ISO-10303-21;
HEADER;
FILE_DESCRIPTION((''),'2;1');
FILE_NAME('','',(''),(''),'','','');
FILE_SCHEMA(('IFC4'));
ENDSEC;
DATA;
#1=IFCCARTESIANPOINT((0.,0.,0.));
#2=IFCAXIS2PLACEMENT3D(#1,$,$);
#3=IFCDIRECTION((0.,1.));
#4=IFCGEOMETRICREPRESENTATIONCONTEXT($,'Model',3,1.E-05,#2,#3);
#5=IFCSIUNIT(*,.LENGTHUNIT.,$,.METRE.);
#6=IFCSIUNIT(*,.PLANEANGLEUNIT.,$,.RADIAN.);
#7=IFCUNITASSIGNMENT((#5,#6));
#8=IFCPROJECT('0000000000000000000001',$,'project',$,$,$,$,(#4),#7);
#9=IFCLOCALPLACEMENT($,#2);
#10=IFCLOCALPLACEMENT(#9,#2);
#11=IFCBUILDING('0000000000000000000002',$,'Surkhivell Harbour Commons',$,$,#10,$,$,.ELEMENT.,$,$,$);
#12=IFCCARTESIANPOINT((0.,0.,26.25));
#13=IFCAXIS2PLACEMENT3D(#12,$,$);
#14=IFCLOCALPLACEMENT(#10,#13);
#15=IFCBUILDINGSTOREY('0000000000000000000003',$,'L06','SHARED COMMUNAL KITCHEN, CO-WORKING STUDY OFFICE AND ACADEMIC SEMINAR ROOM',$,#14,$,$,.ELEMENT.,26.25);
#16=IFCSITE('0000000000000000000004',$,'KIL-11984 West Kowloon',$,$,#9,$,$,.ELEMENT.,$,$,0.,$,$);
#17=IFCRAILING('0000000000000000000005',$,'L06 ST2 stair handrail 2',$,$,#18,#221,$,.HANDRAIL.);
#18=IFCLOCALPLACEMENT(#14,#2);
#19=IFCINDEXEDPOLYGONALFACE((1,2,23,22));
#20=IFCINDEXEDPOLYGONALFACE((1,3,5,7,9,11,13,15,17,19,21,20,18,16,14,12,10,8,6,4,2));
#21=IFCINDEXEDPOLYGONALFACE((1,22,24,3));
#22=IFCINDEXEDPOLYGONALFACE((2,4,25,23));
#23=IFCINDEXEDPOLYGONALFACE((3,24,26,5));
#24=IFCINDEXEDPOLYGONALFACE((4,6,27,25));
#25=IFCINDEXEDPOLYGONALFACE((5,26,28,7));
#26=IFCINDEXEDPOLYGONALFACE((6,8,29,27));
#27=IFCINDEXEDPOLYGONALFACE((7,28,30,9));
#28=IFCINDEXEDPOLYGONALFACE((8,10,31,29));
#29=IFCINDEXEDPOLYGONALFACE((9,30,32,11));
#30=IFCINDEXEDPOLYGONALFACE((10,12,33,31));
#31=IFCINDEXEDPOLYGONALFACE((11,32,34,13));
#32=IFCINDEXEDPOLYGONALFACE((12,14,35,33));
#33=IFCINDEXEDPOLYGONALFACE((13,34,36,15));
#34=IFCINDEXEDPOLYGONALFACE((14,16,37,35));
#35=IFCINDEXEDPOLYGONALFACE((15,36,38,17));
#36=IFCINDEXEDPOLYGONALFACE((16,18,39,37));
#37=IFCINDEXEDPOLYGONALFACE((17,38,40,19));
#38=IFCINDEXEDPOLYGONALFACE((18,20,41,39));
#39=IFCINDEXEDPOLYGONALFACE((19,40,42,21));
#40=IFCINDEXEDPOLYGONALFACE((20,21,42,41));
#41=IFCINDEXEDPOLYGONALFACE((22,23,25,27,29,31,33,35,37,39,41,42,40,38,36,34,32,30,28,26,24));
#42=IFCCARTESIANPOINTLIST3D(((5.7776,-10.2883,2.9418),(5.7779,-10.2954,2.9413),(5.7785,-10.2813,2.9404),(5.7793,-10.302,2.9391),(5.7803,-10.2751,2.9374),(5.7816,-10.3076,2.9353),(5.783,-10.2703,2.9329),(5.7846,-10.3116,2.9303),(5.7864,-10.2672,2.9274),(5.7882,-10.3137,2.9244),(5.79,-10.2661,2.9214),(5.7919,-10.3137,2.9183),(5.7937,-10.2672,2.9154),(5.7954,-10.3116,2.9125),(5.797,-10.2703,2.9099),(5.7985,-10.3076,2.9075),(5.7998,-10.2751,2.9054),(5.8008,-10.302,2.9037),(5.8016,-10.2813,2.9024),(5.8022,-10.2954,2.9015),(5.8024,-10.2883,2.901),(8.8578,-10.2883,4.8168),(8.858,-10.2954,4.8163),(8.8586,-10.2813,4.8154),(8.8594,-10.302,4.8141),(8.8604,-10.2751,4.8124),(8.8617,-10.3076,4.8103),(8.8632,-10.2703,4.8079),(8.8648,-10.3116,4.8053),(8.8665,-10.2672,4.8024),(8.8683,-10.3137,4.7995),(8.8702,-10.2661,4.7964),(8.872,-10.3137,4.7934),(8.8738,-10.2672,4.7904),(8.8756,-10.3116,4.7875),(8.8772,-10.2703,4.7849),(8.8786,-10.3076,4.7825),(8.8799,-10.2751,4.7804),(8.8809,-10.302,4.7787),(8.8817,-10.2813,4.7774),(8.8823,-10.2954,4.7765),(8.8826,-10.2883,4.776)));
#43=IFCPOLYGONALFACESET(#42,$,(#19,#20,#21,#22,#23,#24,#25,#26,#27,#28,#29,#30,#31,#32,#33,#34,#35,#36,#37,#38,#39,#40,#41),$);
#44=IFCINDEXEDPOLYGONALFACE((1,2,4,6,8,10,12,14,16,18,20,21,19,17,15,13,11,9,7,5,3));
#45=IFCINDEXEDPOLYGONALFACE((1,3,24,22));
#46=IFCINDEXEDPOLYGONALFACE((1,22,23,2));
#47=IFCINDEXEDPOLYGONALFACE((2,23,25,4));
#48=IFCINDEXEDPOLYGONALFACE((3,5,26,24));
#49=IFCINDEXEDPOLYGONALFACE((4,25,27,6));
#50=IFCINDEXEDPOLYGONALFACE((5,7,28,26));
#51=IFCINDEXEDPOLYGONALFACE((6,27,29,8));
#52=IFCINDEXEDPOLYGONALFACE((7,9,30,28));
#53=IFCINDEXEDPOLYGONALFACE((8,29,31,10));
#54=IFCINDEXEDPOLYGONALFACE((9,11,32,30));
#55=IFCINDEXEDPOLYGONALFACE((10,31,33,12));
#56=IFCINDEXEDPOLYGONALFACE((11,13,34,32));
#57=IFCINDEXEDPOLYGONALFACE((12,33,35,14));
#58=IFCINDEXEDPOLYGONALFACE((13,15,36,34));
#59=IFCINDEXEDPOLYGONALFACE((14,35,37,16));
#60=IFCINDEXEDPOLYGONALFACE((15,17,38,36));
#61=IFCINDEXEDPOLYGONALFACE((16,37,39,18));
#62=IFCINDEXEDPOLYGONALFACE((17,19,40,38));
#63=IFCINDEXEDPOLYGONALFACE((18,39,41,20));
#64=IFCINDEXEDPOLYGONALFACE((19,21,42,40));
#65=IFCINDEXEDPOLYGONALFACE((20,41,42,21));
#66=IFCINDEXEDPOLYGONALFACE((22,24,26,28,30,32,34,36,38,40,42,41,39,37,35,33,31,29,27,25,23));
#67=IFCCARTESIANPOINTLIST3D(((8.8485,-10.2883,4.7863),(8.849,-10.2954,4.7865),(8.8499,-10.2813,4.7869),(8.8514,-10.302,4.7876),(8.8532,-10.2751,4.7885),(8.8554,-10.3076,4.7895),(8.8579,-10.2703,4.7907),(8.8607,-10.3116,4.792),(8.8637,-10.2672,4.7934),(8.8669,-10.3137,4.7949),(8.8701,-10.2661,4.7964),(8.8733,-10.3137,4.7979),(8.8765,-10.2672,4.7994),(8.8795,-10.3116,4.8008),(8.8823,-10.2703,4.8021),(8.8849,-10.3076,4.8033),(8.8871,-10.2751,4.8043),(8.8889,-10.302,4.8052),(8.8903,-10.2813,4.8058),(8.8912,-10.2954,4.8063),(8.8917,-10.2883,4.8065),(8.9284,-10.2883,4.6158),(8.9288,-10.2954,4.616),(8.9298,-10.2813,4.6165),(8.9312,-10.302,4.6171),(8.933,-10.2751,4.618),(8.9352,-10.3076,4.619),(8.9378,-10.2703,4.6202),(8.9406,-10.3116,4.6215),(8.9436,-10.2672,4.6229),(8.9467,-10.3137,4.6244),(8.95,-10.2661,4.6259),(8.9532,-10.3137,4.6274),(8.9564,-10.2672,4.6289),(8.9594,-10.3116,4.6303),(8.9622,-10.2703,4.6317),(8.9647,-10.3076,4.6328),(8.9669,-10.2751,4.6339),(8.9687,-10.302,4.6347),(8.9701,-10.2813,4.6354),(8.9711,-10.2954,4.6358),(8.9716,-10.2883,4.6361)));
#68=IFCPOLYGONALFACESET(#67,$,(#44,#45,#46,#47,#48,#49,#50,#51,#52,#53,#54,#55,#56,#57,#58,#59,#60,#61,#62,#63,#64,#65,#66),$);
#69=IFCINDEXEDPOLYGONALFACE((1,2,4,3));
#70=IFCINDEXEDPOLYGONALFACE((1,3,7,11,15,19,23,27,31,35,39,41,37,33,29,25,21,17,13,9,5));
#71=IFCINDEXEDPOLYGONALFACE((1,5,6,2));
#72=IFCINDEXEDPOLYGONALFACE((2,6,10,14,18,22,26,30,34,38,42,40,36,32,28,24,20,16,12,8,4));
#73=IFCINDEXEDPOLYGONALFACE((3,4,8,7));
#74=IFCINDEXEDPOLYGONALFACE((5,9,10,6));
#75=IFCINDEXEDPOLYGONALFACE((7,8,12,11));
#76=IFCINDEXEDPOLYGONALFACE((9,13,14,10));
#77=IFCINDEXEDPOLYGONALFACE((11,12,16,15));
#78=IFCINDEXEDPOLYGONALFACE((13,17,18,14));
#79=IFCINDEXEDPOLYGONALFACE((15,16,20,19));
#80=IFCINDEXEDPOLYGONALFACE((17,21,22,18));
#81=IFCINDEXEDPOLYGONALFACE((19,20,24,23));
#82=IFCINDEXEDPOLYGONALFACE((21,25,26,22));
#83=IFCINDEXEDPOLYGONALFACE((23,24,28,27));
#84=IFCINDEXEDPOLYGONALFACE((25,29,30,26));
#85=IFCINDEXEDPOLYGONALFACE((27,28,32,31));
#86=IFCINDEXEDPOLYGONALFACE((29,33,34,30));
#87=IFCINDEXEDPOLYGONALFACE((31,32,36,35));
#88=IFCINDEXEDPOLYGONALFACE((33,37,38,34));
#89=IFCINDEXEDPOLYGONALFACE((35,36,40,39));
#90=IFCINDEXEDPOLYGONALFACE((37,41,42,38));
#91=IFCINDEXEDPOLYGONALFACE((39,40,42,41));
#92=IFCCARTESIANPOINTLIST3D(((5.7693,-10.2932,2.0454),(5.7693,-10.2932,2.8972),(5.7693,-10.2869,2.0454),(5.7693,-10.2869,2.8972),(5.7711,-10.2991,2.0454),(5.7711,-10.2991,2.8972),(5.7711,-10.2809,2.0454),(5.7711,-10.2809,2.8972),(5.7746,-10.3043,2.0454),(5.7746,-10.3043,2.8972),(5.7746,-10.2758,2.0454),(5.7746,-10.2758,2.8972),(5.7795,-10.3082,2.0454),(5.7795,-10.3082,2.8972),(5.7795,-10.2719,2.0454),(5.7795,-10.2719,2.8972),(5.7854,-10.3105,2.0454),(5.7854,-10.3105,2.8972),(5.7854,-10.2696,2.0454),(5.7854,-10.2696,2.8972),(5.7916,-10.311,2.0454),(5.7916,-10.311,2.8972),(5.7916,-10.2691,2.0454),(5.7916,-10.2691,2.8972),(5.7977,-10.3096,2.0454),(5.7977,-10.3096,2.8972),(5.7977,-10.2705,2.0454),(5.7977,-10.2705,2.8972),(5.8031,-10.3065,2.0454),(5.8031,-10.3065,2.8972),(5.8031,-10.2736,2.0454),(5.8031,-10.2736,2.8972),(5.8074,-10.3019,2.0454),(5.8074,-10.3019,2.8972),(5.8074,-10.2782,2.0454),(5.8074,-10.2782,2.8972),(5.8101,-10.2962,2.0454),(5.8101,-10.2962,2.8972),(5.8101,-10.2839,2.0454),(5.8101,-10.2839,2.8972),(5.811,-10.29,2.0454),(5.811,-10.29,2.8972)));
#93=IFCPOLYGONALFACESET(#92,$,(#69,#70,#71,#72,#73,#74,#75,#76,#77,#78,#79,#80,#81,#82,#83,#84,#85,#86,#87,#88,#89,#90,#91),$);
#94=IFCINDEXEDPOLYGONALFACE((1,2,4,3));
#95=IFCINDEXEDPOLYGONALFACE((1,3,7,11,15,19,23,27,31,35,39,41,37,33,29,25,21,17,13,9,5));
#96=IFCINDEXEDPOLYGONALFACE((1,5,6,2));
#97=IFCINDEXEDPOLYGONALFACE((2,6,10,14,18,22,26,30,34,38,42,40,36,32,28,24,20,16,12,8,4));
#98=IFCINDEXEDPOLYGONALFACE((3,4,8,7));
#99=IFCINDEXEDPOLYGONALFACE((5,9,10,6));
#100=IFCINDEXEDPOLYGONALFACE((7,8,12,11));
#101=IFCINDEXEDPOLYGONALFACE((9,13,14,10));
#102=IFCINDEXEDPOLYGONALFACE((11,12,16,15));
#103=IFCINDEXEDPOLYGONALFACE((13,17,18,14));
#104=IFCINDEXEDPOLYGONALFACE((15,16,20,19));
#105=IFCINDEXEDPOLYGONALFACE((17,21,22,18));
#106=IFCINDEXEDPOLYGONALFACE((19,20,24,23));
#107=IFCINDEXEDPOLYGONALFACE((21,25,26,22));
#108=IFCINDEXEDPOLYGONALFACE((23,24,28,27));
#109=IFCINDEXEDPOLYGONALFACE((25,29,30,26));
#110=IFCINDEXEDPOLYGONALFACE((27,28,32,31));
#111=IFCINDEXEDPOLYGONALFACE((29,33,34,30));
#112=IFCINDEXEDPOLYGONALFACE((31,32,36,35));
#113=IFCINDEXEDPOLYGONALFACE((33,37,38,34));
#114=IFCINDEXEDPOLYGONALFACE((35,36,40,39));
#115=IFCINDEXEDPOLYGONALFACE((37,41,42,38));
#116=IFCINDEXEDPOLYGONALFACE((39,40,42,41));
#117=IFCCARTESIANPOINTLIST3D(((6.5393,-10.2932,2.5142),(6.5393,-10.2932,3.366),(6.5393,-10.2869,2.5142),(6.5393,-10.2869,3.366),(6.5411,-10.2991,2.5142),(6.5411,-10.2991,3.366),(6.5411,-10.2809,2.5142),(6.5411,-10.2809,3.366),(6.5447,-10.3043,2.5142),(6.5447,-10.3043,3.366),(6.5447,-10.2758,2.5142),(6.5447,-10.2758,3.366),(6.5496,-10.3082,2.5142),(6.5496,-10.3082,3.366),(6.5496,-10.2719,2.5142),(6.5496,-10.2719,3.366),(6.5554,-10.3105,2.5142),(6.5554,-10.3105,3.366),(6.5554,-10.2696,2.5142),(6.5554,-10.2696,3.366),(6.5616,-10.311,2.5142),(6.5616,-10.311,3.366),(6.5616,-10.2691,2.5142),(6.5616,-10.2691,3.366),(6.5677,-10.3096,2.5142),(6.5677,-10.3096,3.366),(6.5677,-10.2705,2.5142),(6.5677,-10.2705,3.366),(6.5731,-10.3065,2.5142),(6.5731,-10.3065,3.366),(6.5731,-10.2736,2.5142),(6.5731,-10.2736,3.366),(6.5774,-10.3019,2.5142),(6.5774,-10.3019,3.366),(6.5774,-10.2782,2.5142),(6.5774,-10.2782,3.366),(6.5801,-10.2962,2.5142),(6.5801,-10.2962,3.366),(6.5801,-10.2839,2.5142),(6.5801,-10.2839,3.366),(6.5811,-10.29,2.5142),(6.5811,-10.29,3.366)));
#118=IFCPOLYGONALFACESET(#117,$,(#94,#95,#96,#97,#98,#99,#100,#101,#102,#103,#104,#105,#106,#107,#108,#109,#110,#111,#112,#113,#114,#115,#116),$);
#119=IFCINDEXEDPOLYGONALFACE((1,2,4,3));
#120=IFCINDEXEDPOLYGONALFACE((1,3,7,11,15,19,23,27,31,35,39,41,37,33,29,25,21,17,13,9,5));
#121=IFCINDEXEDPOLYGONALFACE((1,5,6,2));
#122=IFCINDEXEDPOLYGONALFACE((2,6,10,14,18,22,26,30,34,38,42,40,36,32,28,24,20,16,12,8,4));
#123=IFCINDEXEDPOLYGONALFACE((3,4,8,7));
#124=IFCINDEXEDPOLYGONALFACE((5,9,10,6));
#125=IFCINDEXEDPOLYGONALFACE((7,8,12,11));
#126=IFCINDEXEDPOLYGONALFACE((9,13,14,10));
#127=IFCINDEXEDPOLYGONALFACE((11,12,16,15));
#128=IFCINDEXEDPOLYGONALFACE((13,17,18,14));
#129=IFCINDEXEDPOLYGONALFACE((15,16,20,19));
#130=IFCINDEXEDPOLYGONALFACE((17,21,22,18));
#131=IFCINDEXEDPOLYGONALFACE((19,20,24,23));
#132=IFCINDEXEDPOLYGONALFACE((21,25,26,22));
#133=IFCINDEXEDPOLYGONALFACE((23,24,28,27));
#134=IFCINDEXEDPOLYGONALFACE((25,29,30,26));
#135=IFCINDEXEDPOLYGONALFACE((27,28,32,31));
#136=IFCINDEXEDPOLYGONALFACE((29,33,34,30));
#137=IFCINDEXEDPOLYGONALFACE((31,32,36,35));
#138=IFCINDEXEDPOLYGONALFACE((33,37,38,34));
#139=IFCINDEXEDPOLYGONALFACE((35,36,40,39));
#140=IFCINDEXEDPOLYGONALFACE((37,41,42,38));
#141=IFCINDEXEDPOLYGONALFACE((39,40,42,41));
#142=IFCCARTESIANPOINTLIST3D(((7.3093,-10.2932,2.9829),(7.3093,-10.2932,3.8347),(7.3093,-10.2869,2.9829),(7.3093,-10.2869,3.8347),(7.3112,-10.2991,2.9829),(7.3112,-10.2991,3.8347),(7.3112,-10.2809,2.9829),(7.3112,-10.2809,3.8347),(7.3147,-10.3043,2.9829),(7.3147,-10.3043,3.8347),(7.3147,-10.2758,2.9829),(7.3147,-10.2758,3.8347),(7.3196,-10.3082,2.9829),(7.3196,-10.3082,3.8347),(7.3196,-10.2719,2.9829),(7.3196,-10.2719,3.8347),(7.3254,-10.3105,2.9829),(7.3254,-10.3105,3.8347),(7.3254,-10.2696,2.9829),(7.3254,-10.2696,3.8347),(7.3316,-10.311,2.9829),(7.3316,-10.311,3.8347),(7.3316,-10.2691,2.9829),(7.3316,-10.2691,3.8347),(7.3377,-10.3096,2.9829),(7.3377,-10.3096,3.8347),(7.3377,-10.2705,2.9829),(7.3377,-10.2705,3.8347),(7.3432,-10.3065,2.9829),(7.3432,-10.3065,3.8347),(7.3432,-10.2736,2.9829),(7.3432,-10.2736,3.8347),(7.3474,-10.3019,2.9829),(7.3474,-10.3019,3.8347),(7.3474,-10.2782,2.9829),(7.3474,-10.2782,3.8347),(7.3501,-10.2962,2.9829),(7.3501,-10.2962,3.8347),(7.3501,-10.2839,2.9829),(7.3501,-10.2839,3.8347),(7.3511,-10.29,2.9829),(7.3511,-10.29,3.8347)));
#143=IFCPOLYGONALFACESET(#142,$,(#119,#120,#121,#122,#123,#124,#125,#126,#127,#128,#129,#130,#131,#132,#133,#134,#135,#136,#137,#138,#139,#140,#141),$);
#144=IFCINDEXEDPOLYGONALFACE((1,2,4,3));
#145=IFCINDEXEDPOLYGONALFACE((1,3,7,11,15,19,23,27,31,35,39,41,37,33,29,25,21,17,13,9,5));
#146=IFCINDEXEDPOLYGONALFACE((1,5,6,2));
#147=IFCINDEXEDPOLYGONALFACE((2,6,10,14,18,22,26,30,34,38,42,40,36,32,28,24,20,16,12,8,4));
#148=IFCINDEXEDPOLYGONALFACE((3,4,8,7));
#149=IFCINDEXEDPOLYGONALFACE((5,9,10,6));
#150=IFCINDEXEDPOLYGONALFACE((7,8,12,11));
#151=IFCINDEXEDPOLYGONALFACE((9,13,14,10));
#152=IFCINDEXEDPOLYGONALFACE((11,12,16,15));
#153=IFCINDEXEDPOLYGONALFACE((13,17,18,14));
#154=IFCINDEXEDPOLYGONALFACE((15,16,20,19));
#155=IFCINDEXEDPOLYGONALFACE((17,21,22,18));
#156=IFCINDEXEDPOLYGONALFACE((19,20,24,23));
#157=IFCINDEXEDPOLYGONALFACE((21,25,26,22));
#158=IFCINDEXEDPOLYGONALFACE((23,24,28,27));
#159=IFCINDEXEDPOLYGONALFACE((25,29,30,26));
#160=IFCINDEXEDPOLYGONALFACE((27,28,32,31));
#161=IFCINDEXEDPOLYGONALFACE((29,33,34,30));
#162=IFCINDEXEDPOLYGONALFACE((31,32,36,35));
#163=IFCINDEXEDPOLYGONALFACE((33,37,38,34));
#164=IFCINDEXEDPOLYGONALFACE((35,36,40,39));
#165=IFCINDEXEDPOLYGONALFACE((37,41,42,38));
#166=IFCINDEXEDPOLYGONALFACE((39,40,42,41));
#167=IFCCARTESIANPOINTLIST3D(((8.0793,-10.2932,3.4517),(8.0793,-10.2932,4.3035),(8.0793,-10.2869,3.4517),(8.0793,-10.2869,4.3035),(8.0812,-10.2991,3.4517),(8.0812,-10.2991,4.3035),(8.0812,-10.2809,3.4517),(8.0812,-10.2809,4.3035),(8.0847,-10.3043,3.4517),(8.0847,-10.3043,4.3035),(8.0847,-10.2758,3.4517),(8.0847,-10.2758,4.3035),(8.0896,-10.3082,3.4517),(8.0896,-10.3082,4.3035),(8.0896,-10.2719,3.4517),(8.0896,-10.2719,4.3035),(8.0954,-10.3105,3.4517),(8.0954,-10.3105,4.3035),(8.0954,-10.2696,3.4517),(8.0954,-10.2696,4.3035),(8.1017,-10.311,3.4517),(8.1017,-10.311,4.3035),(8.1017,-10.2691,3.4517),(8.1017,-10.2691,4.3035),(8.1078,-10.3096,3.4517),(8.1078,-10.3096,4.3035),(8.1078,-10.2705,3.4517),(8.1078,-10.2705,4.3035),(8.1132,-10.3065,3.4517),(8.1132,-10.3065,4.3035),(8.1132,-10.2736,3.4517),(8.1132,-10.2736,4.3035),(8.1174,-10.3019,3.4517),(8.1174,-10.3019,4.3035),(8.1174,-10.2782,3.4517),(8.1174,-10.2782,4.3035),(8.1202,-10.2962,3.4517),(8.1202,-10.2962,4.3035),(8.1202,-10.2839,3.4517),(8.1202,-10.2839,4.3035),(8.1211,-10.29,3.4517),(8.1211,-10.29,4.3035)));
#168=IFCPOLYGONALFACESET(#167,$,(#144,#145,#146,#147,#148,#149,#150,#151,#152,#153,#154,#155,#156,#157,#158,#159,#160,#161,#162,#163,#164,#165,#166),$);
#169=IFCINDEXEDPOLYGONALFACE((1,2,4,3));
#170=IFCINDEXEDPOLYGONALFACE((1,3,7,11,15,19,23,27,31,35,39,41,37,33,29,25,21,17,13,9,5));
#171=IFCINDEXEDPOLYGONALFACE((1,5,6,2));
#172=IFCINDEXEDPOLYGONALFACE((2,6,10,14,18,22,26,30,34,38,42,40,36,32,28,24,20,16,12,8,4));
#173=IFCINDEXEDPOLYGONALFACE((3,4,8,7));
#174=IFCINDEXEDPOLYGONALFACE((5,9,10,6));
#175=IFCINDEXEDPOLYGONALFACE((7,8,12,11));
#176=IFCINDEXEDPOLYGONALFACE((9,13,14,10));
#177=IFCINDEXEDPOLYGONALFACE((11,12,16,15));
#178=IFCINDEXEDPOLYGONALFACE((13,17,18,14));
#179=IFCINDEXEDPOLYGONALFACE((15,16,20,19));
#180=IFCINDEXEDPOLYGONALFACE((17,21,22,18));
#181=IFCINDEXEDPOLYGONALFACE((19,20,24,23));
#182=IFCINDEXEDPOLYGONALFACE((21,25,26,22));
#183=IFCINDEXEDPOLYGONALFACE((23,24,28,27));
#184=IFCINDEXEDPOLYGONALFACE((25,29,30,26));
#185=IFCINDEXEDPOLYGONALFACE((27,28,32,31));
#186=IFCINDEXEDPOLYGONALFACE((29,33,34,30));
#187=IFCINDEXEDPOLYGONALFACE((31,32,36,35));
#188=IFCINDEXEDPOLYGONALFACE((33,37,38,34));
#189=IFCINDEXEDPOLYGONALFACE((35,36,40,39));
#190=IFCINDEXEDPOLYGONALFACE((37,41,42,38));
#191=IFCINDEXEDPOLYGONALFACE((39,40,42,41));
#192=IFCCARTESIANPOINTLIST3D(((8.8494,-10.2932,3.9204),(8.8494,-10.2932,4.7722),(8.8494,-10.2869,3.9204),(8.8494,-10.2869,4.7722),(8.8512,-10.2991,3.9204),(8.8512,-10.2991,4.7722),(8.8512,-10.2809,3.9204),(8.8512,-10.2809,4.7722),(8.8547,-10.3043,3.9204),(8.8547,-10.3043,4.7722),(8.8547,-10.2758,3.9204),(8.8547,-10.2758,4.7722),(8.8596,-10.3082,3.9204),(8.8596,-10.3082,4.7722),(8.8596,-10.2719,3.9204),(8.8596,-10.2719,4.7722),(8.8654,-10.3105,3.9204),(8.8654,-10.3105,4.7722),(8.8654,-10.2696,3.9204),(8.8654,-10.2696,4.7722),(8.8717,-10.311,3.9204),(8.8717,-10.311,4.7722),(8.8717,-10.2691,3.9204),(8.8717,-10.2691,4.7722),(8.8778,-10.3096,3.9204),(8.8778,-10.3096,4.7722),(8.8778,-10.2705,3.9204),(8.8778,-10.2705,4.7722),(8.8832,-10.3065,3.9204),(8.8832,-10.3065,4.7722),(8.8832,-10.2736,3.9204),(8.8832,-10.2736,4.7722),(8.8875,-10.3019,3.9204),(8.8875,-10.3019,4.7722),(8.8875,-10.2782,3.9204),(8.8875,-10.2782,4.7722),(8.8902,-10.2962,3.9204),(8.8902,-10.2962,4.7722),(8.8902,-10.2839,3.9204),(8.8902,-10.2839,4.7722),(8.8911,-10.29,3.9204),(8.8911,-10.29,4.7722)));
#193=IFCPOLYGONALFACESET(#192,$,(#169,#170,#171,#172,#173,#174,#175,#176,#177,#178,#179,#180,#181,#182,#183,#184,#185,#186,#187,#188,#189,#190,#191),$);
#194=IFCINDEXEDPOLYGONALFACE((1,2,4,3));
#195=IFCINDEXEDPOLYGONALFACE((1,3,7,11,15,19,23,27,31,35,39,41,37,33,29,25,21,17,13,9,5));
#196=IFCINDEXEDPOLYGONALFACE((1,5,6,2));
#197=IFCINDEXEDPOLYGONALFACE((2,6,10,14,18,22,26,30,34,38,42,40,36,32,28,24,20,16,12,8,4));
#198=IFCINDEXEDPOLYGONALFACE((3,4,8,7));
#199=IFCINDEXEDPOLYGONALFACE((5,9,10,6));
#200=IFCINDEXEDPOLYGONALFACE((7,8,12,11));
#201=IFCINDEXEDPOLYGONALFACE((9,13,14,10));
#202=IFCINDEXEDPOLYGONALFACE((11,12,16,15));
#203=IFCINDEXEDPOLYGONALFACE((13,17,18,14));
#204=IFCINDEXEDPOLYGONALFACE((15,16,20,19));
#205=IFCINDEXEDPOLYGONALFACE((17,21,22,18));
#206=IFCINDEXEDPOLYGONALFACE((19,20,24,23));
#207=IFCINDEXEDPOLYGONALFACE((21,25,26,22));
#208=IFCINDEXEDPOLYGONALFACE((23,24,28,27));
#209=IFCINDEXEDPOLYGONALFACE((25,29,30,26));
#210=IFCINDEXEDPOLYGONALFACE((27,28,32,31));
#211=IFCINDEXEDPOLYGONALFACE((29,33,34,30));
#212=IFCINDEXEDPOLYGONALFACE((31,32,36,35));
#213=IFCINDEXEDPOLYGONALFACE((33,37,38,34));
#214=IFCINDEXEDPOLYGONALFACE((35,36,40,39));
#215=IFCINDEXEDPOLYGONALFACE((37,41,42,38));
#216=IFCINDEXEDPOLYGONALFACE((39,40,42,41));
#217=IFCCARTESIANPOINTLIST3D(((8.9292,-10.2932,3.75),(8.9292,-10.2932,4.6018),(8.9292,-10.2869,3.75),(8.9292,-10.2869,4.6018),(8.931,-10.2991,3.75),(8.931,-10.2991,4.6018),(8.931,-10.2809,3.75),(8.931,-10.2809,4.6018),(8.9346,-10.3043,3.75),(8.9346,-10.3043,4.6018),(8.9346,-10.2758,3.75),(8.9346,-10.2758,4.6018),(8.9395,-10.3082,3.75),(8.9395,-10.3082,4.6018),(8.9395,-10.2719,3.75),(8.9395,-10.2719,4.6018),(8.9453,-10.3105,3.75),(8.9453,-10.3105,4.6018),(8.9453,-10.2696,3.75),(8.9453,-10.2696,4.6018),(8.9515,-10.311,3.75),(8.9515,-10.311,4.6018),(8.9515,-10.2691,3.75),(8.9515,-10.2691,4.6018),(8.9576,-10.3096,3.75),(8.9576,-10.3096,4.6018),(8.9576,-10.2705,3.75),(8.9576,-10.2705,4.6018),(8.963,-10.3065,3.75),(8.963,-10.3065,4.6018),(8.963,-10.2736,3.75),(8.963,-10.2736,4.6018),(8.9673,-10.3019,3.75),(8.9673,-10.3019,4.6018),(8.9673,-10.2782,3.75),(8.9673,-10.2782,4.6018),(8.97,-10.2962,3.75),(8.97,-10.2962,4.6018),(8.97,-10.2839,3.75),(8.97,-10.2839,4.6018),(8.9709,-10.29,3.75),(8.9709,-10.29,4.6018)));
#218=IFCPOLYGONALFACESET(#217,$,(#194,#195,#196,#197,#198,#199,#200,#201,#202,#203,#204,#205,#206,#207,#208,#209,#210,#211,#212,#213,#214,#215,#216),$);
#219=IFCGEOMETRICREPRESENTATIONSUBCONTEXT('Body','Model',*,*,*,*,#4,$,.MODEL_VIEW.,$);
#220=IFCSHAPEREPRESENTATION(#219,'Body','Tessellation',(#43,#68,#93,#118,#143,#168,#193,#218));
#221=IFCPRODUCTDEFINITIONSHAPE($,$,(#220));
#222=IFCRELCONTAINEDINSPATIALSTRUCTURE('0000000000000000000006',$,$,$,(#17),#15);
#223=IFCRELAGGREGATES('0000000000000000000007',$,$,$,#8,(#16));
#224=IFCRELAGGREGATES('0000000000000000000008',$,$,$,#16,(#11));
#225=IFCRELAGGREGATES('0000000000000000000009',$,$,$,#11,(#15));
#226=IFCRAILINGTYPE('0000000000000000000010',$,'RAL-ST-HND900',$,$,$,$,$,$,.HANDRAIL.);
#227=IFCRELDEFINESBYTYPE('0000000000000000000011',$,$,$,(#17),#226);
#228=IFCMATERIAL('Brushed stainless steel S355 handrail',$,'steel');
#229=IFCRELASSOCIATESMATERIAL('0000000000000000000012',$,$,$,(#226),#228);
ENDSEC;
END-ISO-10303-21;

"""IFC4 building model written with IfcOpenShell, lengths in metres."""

from ifc_helpers import new_model, si_unit, direction, frame, origin, origin_2d, place, context, subcontext, project, spatial, circle, extrude, material, type_object, element, save


model = new_model("IFC4")

# Units and contexts
model_context = context("Model", 3, precision=1e-05, world=origin(), true_north=direction((0.0, 1.0)))
body_context = subcontext(model_context, "Body", "Model", "MODEL_VIEW")
ifc_project = project(units=[si_unit("LENGTHUNIT", "METRE"), si_unit("PLANEANGLEUNIT", "RADIAN")], contexts=[model_context])

# Site, building, storey
site_placement = place(None, origin())
site = spatial("IfcSite", under=ifc_project, at=site_placement, Name="KIL-11984 West Kowloon", CompositionType="ELEMENT", RefElevation=0.0)
building_placement = place(site_placement, origin())
building = spatial("IfcBuilding", under=site, at=building_placement, Name="Surkhivell Harbour Commons", CompositionType="ELEMENT")
storey_placement = place(building_placement, frame((0.0, 0.0, 26.25)))
storey = spatial("IfcBuildingStorey", under=building, at=storey_placement, Name="L06", Description="SHARED COMMUNAL KITCHEN, CO-WORKING STUDY OFFICE AND ACADEMIC SEMINAR ROOM", CompositionType="ELEMENT", Elevation=26.25)

# Railing
ifc_material_1 = material(Name="Brushed stainless steel S355 handrail", Category="steel")
railing_type_1 = type_object("IfcRailingType", Name="RAL-ST-HND900", PredefinedType="HANDRAIL", material=ifc_material_1)
railing_1_placement = place(storey_placement, frame((5.79, -10.29, 2.0454)))
element("IfcRailing", 1, at=railing_1_placement, inside=storey, type_object=railing_type_1, Name="L06 ST2 stair handrail 2", PredefinedType="HANDRAIL", context=body_context, shape_type="SweptSolid", body=[
    extrude(circle(Radius=0.0239, at=origin_2d()), frame((0.0, 0.0, 0.876), z_axis=(0.854178, 0.0, 0.519981), x_axis=(0.0, 1.0, 0.0)), (0.0, 0.0, 1.0), 3.606),
    extrude(circle(Radius=0.0239, at=origin_2d()), frame((3.0801, 0.0, 2.751), z_axis=(0.424234, 0.0, -0.905552), x_axis=(0.0, 1.0, 0.0)), (0.0, 0.0, 1.0), 0.1882),
    extrude(circle(Radius=0.021, at=origin_2d()), origin(), (0.0, 0.0, 1.0), 0.8518),
    extrude(circle(Radius=0.021, at=origin_2d()), frame((0.77, 0.0, 0.4688)), (0.0, 0.0, 1.0), 0.8518),
    extrude(circle(Radius=0.021, at=origin_2d()), frame((1.54, 0.0, 0.9375)), (0.0, 0.0, 1.0), 0.8518),
    extrude(circle(Radius=0.021, at=origin_2d()), frame((2.3101, 0.0, 1.4062)), (0.0, 0.0, 1.0), 0.8518),
    extrude(circle(Radius=0.021, at=origin_2d()), frame((3.0801, 0.0, 1.875)), (0.0, 0.0, 1.0), 0.8518),
    extrude(circle(Radius=0.021, at=origin_2d()), frame((3.1599, 0.0, 1.7046)), (0.0, 0.0, 1.0), 0.8518),
])

save(model, "model.ifc")
